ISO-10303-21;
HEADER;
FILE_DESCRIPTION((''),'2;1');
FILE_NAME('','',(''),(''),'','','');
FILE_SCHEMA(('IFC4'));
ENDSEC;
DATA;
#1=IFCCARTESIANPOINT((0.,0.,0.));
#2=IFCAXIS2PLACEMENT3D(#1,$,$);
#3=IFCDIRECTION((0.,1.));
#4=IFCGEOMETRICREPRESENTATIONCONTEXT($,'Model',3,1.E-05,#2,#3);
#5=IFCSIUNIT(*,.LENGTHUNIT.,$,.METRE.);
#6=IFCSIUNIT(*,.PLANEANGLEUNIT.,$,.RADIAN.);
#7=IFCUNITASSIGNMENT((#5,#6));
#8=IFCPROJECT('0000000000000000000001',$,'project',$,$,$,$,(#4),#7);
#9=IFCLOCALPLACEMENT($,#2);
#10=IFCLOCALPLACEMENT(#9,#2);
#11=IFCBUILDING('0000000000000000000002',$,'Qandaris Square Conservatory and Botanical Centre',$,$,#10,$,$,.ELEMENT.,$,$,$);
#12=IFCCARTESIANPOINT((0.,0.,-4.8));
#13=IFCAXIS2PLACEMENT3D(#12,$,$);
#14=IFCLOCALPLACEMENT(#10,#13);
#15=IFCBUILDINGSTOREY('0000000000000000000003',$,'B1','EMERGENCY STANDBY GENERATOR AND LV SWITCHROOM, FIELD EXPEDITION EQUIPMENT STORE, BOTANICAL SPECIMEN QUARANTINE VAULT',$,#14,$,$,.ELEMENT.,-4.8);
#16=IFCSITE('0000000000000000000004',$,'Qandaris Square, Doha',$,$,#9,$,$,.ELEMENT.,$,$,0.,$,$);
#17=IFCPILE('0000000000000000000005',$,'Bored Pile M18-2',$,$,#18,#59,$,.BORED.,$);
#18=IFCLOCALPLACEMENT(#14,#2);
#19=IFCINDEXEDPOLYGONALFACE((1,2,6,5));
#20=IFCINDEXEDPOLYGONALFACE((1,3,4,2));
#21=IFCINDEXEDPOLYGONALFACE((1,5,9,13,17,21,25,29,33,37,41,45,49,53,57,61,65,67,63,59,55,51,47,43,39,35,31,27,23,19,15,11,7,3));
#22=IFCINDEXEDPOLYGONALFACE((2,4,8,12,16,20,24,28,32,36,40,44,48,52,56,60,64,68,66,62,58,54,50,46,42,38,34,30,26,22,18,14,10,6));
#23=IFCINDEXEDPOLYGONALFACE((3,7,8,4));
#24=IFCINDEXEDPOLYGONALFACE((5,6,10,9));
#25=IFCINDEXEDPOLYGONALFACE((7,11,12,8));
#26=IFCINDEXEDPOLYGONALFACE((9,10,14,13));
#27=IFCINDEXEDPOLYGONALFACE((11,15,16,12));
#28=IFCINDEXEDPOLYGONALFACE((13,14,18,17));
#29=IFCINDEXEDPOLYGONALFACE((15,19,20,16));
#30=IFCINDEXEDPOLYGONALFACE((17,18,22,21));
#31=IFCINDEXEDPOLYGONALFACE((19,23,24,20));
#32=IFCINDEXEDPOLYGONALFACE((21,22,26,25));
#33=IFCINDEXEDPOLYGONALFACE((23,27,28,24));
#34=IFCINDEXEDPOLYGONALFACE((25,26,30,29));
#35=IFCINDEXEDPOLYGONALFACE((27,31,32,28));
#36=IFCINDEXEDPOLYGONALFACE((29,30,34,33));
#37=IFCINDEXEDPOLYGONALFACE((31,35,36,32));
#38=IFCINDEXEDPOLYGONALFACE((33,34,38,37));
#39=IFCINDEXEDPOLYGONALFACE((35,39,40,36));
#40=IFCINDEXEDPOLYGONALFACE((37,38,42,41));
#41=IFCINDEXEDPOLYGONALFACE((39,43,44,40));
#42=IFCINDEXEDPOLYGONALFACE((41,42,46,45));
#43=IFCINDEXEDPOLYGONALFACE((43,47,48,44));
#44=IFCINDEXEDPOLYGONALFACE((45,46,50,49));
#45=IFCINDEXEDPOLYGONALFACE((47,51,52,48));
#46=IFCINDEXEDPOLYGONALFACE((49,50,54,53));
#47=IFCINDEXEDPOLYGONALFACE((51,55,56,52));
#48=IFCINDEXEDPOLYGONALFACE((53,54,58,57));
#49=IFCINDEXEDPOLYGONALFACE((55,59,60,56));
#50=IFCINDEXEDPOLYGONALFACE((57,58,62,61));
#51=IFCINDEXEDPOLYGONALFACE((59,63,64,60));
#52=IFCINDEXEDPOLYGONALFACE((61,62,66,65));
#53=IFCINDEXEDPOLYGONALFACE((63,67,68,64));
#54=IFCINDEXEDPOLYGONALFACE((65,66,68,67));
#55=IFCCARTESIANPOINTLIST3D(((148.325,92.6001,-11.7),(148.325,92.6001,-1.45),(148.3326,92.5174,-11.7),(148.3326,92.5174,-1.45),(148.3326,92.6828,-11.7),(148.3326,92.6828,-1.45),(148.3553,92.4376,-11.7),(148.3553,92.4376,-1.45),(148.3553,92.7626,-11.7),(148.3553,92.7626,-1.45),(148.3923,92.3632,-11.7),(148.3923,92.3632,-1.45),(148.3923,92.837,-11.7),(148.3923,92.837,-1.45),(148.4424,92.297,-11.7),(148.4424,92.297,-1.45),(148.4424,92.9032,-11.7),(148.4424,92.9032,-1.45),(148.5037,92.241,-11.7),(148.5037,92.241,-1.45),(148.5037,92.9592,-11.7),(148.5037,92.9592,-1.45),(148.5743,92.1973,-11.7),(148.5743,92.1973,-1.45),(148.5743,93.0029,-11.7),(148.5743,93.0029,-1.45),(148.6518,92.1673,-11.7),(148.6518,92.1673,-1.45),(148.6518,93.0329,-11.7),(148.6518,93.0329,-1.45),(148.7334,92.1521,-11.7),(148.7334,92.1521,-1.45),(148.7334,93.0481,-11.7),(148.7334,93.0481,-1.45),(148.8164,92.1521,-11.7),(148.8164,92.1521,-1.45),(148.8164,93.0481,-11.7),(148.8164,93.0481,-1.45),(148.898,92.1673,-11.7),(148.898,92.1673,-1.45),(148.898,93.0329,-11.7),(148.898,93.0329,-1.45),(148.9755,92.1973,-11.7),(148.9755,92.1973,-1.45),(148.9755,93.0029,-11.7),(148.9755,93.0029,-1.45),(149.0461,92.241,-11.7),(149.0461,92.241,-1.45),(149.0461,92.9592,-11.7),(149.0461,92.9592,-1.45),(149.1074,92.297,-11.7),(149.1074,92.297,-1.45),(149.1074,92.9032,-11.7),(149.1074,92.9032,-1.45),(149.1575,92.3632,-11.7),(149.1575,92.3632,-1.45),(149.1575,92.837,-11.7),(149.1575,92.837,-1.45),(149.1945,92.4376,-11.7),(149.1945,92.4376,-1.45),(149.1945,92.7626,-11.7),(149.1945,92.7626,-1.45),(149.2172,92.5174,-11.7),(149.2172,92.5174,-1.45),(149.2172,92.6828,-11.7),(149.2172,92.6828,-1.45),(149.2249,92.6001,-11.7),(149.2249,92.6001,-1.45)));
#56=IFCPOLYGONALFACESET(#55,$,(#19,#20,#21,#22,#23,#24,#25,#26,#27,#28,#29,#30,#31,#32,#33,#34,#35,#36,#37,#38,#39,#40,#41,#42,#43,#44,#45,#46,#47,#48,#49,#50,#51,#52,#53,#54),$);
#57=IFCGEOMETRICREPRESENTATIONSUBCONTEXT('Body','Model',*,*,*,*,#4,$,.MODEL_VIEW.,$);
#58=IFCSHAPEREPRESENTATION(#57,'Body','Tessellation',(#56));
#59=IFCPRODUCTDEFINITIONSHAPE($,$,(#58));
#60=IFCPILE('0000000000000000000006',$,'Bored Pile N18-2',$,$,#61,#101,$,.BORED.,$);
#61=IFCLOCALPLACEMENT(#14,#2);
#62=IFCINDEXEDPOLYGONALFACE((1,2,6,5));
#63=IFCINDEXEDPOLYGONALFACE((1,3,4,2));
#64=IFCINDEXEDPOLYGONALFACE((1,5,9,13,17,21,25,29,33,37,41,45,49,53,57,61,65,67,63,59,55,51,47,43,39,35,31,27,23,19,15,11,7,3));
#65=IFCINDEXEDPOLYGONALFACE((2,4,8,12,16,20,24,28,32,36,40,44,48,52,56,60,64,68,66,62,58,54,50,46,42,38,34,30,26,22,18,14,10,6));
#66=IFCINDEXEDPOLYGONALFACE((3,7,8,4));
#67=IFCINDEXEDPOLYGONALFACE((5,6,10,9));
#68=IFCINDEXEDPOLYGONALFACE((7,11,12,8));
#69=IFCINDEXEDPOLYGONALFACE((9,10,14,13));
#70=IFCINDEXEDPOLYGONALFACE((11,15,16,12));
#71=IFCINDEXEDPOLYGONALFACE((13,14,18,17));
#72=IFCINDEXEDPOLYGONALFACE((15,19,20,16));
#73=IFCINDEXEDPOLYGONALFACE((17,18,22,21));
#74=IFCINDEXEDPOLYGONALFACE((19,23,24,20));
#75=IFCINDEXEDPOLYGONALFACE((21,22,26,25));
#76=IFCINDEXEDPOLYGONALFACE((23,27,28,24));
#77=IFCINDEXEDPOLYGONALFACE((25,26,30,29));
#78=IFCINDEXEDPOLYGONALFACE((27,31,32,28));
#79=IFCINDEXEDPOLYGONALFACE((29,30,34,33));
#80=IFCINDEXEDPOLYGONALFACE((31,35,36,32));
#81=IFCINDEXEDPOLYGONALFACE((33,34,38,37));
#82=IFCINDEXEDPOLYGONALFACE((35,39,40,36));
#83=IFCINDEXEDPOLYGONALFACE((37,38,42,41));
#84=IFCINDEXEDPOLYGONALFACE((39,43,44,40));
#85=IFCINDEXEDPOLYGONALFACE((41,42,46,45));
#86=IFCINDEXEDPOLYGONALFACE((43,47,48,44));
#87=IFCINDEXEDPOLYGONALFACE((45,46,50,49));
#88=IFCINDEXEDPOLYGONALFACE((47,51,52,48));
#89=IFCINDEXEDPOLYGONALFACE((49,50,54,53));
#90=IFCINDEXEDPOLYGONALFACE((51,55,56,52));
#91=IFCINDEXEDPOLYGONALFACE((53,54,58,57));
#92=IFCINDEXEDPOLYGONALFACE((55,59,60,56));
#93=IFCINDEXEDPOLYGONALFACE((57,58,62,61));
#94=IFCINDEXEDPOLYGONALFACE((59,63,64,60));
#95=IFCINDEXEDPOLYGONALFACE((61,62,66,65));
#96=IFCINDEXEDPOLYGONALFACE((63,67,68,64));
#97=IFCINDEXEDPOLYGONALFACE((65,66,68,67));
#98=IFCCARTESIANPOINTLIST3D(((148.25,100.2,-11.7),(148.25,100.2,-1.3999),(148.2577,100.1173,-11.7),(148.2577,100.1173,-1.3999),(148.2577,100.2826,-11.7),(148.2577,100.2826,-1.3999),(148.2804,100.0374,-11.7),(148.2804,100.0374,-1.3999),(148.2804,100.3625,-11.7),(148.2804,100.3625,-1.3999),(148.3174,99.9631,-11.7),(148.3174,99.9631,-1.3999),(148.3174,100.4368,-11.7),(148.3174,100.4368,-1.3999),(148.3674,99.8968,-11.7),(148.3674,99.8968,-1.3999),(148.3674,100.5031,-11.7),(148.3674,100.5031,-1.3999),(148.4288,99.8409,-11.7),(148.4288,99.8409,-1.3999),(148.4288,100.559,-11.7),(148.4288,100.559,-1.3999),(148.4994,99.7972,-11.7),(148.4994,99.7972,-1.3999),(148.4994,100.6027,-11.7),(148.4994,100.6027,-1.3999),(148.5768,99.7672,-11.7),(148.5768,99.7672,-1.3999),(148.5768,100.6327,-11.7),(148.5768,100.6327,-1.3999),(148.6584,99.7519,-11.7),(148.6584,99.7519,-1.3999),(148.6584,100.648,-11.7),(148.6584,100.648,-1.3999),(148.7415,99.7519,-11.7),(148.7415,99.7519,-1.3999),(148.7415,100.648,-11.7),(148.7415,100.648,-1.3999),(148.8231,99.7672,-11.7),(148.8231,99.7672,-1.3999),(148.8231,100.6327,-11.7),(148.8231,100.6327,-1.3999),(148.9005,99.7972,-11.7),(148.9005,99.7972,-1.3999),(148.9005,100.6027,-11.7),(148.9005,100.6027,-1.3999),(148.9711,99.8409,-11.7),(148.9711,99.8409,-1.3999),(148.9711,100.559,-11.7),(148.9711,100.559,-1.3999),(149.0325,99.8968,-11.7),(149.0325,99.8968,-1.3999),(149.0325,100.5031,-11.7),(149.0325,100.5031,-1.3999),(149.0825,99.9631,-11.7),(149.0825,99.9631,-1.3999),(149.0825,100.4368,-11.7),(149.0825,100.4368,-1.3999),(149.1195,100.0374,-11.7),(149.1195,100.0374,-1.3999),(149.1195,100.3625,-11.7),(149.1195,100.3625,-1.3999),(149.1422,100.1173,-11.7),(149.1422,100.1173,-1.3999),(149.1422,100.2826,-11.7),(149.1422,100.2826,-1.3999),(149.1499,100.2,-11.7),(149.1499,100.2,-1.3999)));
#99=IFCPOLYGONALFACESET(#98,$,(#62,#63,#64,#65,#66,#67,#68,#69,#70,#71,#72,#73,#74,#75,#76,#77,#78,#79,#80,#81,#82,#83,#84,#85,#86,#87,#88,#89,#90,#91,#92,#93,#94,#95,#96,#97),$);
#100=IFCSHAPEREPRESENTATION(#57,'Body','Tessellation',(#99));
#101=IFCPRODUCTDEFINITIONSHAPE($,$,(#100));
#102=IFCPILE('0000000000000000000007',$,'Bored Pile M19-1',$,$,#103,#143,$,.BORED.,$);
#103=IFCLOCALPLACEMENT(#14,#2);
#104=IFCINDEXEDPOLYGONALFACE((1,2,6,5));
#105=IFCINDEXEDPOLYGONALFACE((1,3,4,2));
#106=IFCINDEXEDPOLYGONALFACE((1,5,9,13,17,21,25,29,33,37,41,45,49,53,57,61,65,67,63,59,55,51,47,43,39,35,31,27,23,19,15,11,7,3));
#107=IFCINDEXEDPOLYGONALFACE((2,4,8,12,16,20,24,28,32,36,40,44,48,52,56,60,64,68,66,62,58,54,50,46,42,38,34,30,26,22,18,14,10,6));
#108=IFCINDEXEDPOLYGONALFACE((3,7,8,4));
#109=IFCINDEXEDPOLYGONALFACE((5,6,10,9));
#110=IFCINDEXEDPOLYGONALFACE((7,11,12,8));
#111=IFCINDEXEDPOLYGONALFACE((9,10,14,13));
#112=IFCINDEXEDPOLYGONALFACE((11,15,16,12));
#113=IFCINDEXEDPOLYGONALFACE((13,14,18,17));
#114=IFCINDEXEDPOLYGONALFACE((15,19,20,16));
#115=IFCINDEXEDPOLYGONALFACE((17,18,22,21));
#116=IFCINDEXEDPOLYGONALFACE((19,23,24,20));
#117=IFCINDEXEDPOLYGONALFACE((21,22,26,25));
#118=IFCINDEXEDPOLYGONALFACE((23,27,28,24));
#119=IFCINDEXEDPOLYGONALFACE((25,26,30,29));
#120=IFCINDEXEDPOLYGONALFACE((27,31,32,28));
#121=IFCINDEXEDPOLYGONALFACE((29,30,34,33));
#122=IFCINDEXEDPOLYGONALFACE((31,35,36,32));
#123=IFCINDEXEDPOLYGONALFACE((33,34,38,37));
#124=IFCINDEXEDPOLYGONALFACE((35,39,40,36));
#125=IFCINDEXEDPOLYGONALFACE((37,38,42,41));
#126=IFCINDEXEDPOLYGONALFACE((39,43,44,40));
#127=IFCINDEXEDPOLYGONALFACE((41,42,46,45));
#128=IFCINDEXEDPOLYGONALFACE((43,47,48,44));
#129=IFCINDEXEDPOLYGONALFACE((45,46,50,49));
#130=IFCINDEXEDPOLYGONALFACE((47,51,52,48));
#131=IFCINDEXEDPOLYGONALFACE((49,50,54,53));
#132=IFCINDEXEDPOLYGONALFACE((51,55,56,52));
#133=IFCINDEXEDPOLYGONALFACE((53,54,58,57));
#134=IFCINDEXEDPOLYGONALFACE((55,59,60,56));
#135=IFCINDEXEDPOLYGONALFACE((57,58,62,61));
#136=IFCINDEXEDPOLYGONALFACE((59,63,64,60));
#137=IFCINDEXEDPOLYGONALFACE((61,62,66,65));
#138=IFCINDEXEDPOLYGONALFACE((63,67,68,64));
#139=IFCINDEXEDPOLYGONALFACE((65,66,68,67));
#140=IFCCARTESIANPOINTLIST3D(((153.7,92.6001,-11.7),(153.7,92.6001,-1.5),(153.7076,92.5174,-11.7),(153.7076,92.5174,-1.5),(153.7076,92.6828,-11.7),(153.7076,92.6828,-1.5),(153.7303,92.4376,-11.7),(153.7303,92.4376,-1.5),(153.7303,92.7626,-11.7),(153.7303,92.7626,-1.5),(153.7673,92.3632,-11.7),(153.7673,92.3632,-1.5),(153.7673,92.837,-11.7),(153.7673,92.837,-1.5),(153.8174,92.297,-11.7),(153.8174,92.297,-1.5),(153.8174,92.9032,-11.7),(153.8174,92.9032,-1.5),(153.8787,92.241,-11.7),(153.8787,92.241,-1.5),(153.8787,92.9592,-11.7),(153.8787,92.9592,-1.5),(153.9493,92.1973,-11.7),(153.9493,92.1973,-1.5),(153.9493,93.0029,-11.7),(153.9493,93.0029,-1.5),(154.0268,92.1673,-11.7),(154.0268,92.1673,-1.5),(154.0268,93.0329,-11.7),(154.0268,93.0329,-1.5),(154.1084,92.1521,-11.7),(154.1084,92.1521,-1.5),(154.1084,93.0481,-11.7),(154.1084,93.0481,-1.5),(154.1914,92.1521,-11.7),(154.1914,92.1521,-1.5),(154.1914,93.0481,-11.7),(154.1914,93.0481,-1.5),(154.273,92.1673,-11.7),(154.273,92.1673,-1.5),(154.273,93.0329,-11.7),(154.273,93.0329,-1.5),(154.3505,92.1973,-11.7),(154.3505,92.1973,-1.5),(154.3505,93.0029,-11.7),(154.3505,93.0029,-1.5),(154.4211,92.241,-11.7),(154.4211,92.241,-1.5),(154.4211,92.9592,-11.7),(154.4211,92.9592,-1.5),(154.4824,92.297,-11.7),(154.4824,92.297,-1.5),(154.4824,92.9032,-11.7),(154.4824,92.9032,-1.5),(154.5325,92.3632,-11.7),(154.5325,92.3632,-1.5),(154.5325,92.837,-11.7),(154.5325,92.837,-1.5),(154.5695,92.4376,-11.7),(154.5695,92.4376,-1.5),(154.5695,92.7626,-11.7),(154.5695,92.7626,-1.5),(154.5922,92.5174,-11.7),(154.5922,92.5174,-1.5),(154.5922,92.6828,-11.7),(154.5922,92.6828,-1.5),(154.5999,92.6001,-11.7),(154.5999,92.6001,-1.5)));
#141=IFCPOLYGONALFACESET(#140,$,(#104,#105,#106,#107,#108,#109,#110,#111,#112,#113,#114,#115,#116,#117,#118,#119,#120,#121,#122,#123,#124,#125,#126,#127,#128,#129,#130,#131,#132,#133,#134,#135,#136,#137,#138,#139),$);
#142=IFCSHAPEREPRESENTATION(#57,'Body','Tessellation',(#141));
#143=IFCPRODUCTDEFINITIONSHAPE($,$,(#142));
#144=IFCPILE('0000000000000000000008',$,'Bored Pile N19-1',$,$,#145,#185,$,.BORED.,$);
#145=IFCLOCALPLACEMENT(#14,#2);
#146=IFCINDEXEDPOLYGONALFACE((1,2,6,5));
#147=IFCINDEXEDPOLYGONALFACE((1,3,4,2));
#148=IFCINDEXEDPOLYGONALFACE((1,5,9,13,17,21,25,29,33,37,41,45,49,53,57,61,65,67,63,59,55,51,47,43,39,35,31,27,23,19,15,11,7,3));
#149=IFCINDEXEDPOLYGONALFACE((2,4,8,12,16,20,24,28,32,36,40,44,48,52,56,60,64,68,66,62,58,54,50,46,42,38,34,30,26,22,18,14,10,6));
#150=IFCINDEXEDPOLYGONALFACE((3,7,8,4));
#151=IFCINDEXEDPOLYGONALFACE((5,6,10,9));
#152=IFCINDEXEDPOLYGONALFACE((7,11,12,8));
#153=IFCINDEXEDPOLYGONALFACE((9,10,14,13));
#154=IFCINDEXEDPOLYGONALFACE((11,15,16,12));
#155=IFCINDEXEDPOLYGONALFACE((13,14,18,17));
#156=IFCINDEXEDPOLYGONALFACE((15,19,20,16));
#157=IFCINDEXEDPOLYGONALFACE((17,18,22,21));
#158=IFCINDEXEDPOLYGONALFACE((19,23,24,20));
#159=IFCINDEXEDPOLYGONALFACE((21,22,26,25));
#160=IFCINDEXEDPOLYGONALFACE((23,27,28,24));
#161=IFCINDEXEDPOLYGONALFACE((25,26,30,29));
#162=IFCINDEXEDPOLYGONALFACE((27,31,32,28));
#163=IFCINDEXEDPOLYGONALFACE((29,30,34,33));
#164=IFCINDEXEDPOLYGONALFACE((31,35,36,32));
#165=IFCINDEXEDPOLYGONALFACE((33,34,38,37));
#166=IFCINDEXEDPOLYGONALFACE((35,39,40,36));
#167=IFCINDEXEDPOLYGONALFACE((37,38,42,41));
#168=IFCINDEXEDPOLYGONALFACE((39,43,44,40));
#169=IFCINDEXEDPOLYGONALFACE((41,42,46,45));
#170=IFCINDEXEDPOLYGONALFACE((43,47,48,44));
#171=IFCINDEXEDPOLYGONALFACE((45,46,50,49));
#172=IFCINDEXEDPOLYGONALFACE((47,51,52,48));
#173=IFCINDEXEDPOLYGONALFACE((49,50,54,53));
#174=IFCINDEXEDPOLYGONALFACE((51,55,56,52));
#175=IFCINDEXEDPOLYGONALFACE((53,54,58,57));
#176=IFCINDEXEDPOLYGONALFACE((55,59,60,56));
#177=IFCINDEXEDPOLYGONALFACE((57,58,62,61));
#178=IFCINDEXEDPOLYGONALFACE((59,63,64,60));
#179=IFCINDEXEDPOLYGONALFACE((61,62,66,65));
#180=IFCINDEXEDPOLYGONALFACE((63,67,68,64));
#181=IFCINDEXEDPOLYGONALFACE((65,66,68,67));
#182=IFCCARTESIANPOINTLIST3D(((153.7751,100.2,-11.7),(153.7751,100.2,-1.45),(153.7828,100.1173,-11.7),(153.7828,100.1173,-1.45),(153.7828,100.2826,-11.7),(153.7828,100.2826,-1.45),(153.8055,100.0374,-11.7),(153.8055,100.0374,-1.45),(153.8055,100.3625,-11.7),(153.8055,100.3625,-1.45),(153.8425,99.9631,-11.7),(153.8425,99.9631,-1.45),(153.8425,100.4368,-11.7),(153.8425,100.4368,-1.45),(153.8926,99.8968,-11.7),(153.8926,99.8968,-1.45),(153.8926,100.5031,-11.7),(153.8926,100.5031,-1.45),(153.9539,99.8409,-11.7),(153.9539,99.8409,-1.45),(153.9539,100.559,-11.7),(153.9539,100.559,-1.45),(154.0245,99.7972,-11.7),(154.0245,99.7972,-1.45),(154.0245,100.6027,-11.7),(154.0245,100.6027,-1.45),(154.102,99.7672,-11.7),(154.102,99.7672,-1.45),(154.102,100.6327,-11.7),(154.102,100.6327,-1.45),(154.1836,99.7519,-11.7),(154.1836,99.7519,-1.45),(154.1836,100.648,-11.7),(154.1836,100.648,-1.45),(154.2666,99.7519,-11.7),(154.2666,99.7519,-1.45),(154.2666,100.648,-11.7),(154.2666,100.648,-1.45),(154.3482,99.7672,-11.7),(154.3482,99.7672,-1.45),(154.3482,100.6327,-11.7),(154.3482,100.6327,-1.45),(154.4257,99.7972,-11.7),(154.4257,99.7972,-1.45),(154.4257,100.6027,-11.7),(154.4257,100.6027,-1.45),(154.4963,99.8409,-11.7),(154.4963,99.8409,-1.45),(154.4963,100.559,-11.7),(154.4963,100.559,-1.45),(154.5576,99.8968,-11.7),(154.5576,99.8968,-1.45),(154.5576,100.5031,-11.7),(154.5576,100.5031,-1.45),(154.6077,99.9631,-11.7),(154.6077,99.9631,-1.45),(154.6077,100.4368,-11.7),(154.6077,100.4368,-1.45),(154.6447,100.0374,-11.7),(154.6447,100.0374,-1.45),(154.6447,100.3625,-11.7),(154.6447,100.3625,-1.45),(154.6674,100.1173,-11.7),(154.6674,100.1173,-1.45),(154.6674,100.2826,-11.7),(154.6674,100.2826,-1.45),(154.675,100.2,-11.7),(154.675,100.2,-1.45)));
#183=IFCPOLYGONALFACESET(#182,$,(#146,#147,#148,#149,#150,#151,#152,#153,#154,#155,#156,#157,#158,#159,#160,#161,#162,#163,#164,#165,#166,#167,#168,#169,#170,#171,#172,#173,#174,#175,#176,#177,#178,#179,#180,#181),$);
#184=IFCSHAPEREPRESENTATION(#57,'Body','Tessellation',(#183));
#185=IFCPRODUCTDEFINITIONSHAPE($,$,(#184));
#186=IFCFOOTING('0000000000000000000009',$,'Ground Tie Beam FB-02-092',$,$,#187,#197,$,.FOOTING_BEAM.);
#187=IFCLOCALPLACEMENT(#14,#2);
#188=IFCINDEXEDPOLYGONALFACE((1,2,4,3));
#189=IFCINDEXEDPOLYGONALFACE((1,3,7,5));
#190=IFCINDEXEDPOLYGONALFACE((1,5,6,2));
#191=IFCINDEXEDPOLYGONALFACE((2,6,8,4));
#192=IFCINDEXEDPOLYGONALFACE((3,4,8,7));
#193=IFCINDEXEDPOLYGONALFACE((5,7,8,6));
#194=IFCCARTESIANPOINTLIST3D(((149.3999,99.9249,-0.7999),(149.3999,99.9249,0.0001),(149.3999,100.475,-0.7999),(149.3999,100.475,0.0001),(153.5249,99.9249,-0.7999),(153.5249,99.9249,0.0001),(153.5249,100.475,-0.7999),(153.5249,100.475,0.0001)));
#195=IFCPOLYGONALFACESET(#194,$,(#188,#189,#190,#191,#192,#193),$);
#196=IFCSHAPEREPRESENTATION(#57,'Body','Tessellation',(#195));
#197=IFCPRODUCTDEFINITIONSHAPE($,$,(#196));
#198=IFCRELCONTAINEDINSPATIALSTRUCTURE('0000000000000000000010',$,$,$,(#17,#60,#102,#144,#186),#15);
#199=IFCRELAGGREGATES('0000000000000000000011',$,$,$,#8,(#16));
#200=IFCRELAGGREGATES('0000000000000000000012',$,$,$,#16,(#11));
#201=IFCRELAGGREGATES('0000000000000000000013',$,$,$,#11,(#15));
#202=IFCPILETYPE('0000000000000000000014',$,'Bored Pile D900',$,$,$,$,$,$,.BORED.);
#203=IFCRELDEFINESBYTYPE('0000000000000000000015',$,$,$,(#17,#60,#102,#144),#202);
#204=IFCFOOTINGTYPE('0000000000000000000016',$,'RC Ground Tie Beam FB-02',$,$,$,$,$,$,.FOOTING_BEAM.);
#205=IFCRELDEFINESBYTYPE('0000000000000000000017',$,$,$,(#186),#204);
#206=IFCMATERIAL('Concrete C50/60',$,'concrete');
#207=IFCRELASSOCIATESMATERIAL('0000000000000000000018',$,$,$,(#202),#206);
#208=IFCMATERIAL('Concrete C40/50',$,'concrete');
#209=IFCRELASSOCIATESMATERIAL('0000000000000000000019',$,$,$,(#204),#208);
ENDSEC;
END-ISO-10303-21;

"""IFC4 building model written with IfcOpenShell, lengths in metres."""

from ifc_helpers import new_model, si_unit, direction, frame, origin, origin_2d, place, context, subcontext, project, spatial, rectangle, circle, extrude, material, material_profile, profile_set, type_object, element, save


model = new_model("IFC4")

# Units and contexts
model_context = context("Model", 3, precision=1e-05, world=origin(), true_north=direction((0.0, 1.0)))
body_context = subcontext(model_context, "Body", "Model", "MODEL_VIEW")
ifc_project = project(units=[si_unit("LENGTHUNIT", "METRE"), si_unit("PLANEANGLEUNIT", "RADIAN")], contexts=[model_context])

# Site, building, storey
site_placement = place(None, origin())
site = spatial("IfcSite", under=ifc_project, at=site_placement, Name="Qandaris Square, Doha", CompositionType="ELEMENT", RefElevation=0.0)
building_placement = place(site_placement, origin())
building = spatial("IfcBuilding", under=site, at=building_placement, Name="Qandaris Square Conservatory and Botanical Centre", CompositionType="ELEMENT")
storey_placement = place(building_placement, frame((0.0, 0.0, -4.8)))
storey = spatial("IfcBuildingStorey", under=building, at=storey_placement, Name="B1", Description="EMERGENCY STANDBY GENERATOR AND LV SWITCHROOM, FIELD EXPEDITION EQUIPMENT STORE, BOTANICAL SPECIMEN QUARANTINE VAULT", CompositionType="ELEMENT", Elevation=-4.8)

# Piles
ifc_material_1 = material(Name="Concrete C50/60", Category="concrete")
ifc_material_profile_1 = material_profile(ifc_material_1, circle(Radius=0.45, at=origin_2d()), Name="PILE D900")
ifc_profile_set_1 = profile_set([ifc_material_profile_1], Name="Concrete C50/60")
pile_type = type_object("IfcPileType", Name="Bored Pile D900", PredefinedType="BORED", material=ifc_profile_set_1)
pile_1_placement = place(storey_placement, frame((148.7749, 92.6001, -1.45), z_axis=(0.0, 0.0, -1.0), x_axis=(1.0, 0.0, 0.0)))
element("IfcPile", 1, at=pile_1_placement, inside=storey, type_object=pile_type, Name="Bored Pile M18-2", PredefinedType="BORED", context=body_context, shape_type="SweptSolid", body=[
    extrude(circle(Radius=0.45, at=origin_2d()), origin(), (0.0, 0.0, 1.0), 10.25),
])
pile_2_placement = place(storey_placement, frame((148.7, 100.2, -1.3999), z_axis=(0.0, 0.0, -1.0), x_axis=(1.0, 0.0, 0.0)))
element("IfcPile", 2, at=pile_2_placement, inside=storey, type_object=pile_type, Name="Bored Pile N18-2", PredefinedType="BORED", context=body_context, shape_type="SweptSolid", body=[
    extrude(circle(Radius=0.45, at=origin_2d()), origin(), (0.0, 0.0, 1.0), 10.3),
])
pile_3_placement = place(storey_placement, frame((154.1499, 92.6001, -1.5), z_axis=(0.0, 0.0, -1.0), x_axis=(1.0, 0.0, 0.0)))
element("IfcPile", 3, at=pile_3_placement, inside=storey, type_object=pile_type, Name="Bored Pile M19-1", PredefinedType="BORED", context=body_context, shape_type="SweptSolid", body=[
    extrude(circle(Radius=0.45, at=origin_2d()), origin(), (0.0, 0.0, 1.0), 10.2),
])
pile_4_placement = place(storey_placement, frame((154.2251, 100.2, -1.45), z_axis=(0.0, 0.0, -1.0), x_axis=(1.0, 0.0, 0.0)))
element("IfcPile", 4, at=pile_4_placement, inside=storey, type_object=pile_type, Name="Bored Pile N19-1", PredefinedType="BORED", context=body_context, shape_type="SweptSolid", body=[
    extrude(circle(Radius=0.45, at=origin_2d()), origin(), (0.0, 0.0, 1.0), 10.25),
])

# Footing
ifc_material_2 = material(Name="Concrete C40/50", Category="concrete")
ifc_material_profile_2 = material_profile(ifc_material_2, rectangle(XDim=0.55, YDim=0.8, at=origin_2d()), Name="FB 550x800")
ifc_profile_set_2 = profile_set([ifc_material_profile_2], Name="Concrete C40/50")
footing_type_1 = type_object("IfcFootingType", Name="RC Ground Tie Beam FB-02", PredefinedType="FOOTING_BEAM", material=ifc_profile_set_2)
footing_1_placement = place(storey_placement, frame((149.3999, 100.2, -0.3999), z_axis=(1.0, 0.0, 0.0), x_axis=(0.0, 1.0, 0.0)))
element("IfcFooting", 5, at=footing_1_placement, inside=storey, type_object=footing_type_1, Name="Ground Tie Beam FB-02-092", PredefinedType="FOOTING_BEAM", context=body_context, shape_type="SweptSolid", body=[
    extrude(rectangle(XDim=0.55, YDim=0.8, at=origin_2d()), origin(), (0.0, 0.0, 1.0), 4.125),
])

save(model, "model.ifc")
